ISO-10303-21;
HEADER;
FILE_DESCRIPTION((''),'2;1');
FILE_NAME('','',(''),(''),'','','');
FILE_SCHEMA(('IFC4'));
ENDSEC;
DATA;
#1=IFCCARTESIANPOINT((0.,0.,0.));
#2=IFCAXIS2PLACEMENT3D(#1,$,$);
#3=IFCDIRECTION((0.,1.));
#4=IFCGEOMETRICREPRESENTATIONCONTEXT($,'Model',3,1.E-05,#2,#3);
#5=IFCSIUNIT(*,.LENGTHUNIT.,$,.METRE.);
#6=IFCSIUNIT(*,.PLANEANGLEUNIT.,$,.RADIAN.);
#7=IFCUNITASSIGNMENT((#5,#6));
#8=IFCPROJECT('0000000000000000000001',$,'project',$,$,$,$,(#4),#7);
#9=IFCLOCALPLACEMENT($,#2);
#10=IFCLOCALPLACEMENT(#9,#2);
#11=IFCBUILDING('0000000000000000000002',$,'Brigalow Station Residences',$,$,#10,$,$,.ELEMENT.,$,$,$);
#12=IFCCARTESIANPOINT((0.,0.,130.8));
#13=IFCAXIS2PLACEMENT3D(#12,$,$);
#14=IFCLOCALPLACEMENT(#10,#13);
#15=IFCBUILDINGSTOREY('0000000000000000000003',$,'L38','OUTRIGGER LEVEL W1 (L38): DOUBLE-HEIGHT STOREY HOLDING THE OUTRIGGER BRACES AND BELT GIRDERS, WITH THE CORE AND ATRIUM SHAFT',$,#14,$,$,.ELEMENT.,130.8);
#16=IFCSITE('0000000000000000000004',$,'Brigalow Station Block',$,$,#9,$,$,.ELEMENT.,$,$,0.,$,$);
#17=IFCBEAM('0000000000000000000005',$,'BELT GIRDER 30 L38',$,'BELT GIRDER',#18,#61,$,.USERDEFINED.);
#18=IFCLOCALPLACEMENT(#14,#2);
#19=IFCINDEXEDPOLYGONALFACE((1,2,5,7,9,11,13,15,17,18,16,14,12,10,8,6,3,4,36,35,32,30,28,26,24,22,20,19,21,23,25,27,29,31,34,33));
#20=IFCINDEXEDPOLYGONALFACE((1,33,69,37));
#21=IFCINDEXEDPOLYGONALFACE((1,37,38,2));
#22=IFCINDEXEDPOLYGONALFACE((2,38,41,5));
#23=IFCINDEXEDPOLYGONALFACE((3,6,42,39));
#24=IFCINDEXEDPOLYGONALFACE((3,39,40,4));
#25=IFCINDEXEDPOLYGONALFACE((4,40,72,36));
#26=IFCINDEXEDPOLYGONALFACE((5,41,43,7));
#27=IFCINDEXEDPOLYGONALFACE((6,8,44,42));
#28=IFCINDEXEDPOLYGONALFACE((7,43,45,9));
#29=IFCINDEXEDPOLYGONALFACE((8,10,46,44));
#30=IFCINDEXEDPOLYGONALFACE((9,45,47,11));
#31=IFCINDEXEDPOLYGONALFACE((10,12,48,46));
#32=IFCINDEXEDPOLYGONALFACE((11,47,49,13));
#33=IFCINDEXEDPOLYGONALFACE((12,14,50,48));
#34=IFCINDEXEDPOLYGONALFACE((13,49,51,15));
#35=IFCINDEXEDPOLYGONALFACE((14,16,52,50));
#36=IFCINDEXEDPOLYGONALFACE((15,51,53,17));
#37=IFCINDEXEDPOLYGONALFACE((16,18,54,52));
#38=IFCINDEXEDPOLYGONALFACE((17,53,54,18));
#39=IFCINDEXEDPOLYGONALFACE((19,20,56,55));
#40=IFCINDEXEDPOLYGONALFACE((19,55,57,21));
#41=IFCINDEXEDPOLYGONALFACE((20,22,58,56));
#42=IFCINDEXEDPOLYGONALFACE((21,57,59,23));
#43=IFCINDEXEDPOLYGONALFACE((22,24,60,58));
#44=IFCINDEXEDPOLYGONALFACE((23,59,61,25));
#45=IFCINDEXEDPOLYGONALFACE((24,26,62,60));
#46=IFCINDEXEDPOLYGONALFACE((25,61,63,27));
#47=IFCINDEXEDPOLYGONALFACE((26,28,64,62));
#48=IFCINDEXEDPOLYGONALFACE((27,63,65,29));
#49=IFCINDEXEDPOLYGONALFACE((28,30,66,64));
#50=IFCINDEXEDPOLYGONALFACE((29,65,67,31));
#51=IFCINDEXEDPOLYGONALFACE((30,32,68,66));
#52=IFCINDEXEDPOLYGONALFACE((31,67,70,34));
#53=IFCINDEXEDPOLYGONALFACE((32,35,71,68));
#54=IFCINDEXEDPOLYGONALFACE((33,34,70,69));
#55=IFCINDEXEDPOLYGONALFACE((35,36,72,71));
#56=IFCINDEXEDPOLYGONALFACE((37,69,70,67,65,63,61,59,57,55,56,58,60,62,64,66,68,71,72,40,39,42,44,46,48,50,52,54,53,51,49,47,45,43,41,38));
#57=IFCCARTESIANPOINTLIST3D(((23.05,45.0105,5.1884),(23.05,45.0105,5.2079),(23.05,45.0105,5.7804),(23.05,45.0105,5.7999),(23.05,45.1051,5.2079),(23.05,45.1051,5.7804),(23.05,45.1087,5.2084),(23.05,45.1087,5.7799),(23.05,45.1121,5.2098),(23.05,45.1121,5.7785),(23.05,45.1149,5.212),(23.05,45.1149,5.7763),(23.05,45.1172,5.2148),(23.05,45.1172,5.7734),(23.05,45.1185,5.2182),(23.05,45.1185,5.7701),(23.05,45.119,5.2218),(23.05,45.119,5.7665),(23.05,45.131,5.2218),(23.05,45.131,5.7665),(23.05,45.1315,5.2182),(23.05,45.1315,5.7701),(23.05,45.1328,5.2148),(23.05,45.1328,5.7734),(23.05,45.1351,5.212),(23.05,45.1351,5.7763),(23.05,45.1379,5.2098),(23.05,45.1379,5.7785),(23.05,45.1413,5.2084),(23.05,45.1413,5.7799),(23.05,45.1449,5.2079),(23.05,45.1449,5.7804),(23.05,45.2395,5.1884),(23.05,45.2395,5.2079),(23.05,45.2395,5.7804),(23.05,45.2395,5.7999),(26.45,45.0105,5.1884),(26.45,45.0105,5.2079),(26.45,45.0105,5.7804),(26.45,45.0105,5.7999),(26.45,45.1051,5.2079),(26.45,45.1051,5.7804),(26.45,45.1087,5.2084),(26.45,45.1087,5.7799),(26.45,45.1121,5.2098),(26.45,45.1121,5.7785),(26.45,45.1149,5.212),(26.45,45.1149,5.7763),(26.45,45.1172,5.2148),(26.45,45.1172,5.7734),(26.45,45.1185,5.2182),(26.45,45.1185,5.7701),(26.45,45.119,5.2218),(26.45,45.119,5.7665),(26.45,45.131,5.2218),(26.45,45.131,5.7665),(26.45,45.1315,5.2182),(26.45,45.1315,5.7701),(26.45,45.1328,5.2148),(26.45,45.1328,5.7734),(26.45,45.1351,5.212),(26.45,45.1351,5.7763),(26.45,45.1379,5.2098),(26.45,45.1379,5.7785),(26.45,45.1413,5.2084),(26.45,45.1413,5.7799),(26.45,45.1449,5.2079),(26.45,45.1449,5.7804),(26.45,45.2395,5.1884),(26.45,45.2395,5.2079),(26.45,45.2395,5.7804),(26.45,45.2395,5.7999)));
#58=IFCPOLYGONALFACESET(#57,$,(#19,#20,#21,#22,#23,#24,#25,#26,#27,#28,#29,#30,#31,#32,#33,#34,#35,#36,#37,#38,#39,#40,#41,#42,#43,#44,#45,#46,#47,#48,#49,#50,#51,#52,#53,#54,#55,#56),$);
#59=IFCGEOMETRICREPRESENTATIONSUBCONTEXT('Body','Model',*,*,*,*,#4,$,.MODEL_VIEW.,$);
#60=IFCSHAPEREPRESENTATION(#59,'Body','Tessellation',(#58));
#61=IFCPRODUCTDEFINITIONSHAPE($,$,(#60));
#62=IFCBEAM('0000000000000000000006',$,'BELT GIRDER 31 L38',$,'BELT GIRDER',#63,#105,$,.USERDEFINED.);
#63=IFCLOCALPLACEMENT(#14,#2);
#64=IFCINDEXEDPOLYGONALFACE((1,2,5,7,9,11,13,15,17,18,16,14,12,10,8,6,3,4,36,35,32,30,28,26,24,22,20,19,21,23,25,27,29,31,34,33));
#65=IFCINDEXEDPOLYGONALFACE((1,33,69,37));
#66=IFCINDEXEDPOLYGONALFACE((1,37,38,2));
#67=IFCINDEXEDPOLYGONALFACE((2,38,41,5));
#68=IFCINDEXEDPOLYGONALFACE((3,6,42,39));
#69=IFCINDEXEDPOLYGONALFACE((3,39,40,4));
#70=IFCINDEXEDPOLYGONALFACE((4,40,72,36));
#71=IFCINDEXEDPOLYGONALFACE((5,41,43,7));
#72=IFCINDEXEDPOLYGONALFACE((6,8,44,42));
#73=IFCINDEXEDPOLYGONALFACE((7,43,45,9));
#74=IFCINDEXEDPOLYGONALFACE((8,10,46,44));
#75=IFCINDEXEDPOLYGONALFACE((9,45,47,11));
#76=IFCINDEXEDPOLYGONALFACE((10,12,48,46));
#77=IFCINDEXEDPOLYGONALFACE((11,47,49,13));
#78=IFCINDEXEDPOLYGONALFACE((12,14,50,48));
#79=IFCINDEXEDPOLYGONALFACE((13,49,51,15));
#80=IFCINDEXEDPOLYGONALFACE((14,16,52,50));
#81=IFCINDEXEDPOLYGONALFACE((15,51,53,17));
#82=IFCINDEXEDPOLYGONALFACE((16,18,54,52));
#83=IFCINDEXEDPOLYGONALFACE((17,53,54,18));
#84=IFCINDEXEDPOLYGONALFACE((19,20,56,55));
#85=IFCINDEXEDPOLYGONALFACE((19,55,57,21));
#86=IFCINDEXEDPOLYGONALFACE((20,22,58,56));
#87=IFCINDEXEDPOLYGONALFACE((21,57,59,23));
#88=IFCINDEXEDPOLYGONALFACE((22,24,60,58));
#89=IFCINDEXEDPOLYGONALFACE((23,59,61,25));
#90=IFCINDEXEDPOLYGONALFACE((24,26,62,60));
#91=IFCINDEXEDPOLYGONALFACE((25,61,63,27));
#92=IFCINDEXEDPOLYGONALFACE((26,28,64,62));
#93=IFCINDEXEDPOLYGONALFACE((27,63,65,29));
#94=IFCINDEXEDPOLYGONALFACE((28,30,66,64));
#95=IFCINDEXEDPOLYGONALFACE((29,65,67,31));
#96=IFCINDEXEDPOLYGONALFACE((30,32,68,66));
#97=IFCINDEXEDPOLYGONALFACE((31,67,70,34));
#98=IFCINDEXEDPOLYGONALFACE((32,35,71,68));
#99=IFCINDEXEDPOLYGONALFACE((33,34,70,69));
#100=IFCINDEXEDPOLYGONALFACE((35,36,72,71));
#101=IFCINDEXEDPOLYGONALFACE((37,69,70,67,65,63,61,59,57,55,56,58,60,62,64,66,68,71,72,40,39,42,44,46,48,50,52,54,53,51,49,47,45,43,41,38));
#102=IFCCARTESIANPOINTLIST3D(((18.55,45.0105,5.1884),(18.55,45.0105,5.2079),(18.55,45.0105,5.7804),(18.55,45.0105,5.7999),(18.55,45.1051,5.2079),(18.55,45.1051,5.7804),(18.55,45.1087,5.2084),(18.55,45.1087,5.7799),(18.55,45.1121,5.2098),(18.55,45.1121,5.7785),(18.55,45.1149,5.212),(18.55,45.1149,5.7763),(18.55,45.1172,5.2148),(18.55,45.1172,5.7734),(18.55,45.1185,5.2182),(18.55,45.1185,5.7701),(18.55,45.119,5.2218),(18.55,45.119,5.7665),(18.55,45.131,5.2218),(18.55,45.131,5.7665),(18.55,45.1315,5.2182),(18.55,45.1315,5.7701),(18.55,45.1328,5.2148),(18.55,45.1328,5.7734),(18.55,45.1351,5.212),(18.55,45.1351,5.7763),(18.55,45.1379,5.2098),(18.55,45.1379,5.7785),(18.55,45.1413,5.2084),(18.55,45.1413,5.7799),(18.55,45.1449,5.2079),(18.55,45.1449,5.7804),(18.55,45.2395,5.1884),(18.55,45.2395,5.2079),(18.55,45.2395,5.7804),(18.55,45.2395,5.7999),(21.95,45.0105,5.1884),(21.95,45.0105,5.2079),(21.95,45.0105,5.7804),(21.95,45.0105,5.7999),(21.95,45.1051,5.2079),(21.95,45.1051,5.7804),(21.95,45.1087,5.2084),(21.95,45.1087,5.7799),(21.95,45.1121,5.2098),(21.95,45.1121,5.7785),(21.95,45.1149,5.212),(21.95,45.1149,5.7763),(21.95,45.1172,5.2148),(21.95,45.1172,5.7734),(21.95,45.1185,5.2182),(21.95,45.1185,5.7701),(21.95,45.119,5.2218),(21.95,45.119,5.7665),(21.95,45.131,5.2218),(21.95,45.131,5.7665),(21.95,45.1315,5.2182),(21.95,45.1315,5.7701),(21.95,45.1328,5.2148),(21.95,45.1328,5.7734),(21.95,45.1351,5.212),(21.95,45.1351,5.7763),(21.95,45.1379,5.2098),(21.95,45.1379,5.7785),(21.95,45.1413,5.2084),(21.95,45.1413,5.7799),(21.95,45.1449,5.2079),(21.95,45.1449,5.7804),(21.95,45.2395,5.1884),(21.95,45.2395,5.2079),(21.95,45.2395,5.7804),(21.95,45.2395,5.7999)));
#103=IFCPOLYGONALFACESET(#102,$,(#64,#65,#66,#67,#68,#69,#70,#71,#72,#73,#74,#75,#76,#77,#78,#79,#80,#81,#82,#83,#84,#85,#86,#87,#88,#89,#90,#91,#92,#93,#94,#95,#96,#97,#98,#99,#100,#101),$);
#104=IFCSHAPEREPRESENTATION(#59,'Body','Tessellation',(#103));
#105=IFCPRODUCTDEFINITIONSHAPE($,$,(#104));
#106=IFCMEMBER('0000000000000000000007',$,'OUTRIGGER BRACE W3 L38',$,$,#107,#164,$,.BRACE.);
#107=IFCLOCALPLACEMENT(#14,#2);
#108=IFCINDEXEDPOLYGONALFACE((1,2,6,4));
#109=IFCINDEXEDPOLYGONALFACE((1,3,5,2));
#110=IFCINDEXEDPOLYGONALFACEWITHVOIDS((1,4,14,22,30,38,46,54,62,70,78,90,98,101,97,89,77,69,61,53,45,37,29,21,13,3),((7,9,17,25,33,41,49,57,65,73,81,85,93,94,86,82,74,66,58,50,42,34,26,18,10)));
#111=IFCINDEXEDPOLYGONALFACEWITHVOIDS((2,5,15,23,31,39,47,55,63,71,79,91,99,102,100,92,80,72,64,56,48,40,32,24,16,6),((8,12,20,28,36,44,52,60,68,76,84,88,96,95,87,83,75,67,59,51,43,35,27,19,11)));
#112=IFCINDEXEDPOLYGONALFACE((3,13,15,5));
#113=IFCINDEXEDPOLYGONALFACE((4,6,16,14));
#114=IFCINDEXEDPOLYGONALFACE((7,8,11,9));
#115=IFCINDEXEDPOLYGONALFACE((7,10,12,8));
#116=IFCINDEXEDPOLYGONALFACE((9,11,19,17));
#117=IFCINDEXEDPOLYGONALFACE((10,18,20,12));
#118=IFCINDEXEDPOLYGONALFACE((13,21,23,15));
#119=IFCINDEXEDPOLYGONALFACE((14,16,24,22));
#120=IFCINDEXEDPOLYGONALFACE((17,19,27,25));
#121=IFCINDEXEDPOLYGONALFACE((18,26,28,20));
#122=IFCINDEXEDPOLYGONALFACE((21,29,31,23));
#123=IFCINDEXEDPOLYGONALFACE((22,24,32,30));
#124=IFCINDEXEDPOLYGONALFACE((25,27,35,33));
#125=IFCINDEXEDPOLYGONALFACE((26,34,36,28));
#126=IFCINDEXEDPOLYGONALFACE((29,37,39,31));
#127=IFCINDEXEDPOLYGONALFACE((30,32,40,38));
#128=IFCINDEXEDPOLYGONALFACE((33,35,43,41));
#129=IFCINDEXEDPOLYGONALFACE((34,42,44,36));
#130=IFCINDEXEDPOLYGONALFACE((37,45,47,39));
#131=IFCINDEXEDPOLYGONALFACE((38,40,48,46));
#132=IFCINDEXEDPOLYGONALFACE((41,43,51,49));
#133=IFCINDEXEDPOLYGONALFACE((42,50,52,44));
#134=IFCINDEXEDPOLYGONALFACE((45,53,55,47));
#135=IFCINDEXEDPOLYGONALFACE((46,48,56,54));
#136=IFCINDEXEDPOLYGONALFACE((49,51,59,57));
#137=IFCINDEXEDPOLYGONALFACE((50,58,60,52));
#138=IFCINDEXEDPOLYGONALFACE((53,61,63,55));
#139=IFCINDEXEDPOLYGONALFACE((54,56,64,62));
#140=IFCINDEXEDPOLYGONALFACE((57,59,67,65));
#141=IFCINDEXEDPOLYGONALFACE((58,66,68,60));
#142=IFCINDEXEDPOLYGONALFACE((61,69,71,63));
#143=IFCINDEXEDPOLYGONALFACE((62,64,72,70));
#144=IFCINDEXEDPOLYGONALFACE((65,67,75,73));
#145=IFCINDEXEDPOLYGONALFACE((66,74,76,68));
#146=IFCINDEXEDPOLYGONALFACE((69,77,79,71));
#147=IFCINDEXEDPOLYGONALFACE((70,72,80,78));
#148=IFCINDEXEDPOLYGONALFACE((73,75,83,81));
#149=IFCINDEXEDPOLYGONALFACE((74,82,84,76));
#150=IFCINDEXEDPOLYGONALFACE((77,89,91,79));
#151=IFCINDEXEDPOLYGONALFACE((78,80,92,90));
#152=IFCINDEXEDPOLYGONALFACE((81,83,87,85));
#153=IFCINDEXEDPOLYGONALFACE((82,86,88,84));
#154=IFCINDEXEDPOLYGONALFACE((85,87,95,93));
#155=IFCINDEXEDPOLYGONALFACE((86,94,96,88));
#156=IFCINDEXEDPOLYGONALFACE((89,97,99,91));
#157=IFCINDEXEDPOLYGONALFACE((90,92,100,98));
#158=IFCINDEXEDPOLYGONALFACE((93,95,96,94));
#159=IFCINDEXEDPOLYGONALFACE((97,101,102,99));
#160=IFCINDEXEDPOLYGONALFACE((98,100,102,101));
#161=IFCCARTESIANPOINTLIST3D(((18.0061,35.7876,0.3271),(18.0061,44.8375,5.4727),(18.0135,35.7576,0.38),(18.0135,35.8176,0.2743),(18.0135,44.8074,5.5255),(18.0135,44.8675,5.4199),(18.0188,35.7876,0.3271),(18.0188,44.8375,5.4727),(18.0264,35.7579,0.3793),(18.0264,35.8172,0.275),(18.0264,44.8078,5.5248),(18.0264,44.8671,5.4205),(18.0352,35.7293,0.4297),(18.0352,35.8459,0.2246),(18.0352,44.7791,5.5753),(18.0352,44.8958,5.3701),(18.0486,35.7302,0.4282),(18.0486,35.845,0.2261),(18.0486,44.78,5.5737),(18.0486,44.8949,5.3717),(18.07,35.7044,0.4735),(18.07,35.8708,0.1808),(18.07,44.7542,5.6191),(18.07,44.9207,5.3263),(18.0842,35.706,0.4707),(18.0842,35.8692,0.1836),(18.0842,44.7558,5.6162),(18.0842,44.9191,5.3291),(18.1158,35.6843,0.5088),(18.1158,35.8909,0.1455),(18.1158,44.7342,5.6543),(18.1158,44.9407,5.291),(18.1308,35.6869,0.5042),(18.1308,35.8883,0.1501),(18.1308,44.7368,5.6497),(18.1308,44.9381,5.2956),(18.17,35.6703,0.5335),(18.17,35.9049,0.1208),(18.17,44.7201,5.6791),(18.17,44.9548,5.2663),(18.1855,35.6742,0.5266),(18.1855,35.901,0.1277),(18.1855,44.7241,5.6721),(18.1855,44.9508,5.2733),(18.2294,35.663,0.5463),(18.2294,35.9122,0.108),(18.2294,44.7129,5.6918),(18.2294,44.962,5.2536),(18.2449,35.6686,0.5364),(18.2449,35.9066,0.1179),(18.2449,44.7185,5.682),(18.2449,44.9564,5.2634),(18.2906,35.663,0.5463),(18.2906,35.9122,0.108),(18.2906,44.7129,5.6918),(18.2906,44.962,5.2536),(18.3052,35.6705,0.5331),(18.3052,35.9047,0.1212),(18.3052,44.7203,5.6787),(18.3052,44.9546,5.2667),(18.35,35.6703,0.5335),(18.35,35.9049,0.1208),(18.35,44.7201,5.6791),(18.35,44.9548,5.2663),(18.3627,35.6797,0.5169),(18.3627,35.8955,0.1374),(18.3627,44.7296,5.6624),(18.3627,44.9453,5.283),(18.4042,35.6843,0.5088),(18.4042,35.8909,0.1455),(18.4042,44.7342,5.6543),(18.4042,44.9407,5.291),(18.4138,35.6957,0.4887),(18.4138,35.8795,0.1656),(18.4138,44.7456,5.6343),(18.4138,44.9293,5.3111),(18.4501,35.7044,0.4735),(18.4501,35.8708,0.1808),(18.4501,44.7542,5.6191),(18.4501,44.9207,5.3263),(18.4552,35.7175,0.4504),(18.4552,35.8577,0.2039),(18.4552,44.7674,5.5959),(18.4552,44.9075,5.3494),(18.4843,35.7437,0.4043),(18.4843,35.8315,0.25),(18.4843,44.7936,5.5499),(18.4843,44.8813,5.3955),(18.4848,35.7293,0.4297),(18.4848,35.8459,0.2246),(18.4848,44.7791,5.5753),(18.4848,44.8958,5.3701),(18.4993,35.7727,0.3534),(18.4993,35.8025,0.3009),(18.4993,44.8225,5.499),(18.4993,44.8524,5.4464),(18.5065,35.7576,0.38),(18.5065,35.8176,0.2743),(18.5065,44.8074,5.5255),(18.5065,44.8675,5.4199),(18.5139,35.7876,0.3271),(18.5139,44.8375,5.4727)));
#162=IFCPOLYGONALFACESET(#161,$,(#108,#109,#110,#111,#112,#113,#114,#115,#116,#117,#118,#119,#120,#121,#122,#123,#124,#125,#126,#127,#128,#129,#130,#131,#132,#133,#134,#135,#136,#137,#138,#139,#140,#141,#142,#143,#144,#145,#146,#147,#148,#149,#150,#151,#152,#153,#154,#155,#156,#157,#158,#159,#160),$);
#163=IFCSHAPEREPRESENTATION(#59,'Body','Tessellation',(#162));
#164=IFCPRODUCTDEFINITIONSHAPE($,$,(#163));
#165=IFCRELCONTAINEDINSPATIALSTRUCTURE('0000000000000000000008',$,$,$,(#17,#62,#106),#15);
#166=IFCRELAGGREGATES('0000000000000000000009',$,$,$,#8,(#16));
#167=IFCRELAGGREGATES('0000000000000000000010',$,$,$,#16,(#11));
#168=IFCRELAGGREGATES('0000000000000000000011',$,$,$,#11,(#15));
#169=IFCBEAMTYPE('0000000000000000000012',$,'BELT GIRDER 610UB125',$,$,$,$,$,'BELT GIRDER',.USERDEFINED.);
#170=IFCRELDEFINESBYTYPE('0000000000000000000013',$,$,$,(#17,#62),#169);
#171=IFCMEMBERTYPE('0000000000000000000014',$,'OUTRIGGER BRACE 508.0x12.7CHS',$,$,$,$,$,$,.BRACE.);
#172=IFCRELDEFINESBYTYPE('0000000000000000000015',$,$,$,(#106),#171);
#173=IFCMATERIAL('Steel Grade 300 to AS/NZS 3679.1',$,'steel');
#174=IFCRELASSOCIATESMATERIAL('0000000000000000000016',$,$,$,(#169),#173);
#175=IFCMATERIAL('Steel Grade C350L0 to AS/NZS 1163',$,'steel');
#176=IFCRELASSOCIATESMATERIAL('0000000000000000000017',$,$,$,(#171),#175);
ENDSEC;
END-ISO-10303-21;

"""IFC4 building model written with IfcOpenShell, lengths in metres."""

from ifc_helpers import new_model, si_unit, direction, frame, origin, origin_2d, place, context, subcontext, project, spatial, hollow_circle, i_section, extrude, material, material_profile, profile_set, type_object, element, save


model = new_model("IFC4")

# Units and contexts
model_context = context("Model", 3, precision=1e-05, world=origin(), true_north=direction((0.0, 1.0)))
body_context = subcontext(model_context, "Body", "Model", "MODEL_VIEW")
ifc_project = project(units=[si_unit("LENGTHUNIT", "METRE"), si_unit("PLANEANGLEUNIT", "RADIAN")], contexts=[model_context])

# Site, building, storey
site_placement = place(None, origin())
site = spatial("IfcSite", under=ifc_project, at=site_placement, Name="Brigalow Station Block", CompositionType="ELEMENT", RefElevation=0.0)
building_placement = place(site_placement, origin())
building = spatial("IfcBuilding", under=site, at=building_placement, Name="Brigalow Station Residences", CompositionType="ELEMENT")
storey_placement = place(building_placement, frame((0.0, 0.0, 130.8)))
storey = spatial("IfcBuildingStorey", under=building, at=storey_placement, Name="L38", Description="OUTRIGGER LEVEL W1 (L38): DOUBLE-HEIGHT STOREY HOLDING THE OUTRIGGER BRACES AND BELT GIRDERS, WITH THE CORE AND ATRIUM SHAFT", CompositionType="ELEMENT", Elevation=130.8)

# Beams
ifc_material_1 = material(Name="Steel Grade 300 to AS/NZS 3679.1", Category="steel")
ifc_material_profile_1 = material_profile(ifc_material_1, i_section(OverallWidth=0.229, OverallDepth=0.6116, WebThickness=0.012, FlangeThickness=0.0195, FilletRadius=0.0139, at=origin_2d()), Name="610UB125")
ifc_profile_set_1 = profile_set([ifc_material_profile_1], Name="Steel Grade 300 to AS/NZS 3679.1")
beam_type_1 = type_object("IfcBeamType", Name="BELT GIRDER 610UB125", ElementType="BELT GIRDER", PredefinedType="USERDEFINED", material=ifc_profile_set_1)
for number, where, z_axis, x_axis, name in (
    (1, (26.45, 45.125, 5.4941), (-1.0, 0.0, 0.0), (0.0, -1.0, 0.0), "BELT GIRDER 30 L38"),
    (2, (21.95, 45.125, 5.4941), (-1.0, 0.0, 0.0), (0.0, -1.0, 0.0), "BELT GIRDER 31 L38"),
):
    element("IfcBeam", number, at=place(storey_placement, frame(where, z_axis=z_axis, x_axis=x_axis)), inside=storey, type_object=beam_type_1, Name=name, ObjectType="BELT GIRDER", PredefinedType="USERDEFINED", context=body_context, shape_type="SweptSolid", body=[
        extrude(i_section(OverallWidth=0.229, OverallDepth=0.6116, WebThickness=0.012, FlangeThickness=0.0195, FilletRadius=0.0139, at=origin_2d()), origin(), (0.0, 0.0, 1.0), 3.3999),
    ])

# Member
ifc_material_2 = material(Name="Steel Grade C350L0 to AS/NZS 1163", Category="steel")
ifc_material_profile_2 = material_profile(ifc_material_2, hollow_circle(Radius=0.2539, WallThickness=0.0127, at=origin_2d()), Name="508.0x12.7CHS")
ifc_profile_set_2 = profile_set([ifc_material_profile_2], Name="Steel Grade C350L0 to AS/NZS 1163")
member_type_1 = type_object("IfcMemberType", Name="OUTRIGGER BRACE 508.0x12.7CHS", PredefinedType="BRACE", material=ifc_profile_set_2)
member_1_placement = place(storey_placement, frame((18.26, 35.7876, 0.3271), z_axis=(0.0, 0.869309, 0.494269), x_axis=(-1.0, 0.0, 0.0)))
element("IfcMember", 3, at=member_1_placement, inside=storey, type_object=member_type_1, Name="OUTRIGGER BRACE W3 L38", PredefinedType="BRACE", context=body_context, shape_type="SweptSolid", body=[
    extrude(hollow_circle(Radius=0.2539, WallThickness=0.0127, at=origin_2d()), origin(), (0.0, 0.0, 1.0), 10.4104),
])

save(model, "model.ifc")
